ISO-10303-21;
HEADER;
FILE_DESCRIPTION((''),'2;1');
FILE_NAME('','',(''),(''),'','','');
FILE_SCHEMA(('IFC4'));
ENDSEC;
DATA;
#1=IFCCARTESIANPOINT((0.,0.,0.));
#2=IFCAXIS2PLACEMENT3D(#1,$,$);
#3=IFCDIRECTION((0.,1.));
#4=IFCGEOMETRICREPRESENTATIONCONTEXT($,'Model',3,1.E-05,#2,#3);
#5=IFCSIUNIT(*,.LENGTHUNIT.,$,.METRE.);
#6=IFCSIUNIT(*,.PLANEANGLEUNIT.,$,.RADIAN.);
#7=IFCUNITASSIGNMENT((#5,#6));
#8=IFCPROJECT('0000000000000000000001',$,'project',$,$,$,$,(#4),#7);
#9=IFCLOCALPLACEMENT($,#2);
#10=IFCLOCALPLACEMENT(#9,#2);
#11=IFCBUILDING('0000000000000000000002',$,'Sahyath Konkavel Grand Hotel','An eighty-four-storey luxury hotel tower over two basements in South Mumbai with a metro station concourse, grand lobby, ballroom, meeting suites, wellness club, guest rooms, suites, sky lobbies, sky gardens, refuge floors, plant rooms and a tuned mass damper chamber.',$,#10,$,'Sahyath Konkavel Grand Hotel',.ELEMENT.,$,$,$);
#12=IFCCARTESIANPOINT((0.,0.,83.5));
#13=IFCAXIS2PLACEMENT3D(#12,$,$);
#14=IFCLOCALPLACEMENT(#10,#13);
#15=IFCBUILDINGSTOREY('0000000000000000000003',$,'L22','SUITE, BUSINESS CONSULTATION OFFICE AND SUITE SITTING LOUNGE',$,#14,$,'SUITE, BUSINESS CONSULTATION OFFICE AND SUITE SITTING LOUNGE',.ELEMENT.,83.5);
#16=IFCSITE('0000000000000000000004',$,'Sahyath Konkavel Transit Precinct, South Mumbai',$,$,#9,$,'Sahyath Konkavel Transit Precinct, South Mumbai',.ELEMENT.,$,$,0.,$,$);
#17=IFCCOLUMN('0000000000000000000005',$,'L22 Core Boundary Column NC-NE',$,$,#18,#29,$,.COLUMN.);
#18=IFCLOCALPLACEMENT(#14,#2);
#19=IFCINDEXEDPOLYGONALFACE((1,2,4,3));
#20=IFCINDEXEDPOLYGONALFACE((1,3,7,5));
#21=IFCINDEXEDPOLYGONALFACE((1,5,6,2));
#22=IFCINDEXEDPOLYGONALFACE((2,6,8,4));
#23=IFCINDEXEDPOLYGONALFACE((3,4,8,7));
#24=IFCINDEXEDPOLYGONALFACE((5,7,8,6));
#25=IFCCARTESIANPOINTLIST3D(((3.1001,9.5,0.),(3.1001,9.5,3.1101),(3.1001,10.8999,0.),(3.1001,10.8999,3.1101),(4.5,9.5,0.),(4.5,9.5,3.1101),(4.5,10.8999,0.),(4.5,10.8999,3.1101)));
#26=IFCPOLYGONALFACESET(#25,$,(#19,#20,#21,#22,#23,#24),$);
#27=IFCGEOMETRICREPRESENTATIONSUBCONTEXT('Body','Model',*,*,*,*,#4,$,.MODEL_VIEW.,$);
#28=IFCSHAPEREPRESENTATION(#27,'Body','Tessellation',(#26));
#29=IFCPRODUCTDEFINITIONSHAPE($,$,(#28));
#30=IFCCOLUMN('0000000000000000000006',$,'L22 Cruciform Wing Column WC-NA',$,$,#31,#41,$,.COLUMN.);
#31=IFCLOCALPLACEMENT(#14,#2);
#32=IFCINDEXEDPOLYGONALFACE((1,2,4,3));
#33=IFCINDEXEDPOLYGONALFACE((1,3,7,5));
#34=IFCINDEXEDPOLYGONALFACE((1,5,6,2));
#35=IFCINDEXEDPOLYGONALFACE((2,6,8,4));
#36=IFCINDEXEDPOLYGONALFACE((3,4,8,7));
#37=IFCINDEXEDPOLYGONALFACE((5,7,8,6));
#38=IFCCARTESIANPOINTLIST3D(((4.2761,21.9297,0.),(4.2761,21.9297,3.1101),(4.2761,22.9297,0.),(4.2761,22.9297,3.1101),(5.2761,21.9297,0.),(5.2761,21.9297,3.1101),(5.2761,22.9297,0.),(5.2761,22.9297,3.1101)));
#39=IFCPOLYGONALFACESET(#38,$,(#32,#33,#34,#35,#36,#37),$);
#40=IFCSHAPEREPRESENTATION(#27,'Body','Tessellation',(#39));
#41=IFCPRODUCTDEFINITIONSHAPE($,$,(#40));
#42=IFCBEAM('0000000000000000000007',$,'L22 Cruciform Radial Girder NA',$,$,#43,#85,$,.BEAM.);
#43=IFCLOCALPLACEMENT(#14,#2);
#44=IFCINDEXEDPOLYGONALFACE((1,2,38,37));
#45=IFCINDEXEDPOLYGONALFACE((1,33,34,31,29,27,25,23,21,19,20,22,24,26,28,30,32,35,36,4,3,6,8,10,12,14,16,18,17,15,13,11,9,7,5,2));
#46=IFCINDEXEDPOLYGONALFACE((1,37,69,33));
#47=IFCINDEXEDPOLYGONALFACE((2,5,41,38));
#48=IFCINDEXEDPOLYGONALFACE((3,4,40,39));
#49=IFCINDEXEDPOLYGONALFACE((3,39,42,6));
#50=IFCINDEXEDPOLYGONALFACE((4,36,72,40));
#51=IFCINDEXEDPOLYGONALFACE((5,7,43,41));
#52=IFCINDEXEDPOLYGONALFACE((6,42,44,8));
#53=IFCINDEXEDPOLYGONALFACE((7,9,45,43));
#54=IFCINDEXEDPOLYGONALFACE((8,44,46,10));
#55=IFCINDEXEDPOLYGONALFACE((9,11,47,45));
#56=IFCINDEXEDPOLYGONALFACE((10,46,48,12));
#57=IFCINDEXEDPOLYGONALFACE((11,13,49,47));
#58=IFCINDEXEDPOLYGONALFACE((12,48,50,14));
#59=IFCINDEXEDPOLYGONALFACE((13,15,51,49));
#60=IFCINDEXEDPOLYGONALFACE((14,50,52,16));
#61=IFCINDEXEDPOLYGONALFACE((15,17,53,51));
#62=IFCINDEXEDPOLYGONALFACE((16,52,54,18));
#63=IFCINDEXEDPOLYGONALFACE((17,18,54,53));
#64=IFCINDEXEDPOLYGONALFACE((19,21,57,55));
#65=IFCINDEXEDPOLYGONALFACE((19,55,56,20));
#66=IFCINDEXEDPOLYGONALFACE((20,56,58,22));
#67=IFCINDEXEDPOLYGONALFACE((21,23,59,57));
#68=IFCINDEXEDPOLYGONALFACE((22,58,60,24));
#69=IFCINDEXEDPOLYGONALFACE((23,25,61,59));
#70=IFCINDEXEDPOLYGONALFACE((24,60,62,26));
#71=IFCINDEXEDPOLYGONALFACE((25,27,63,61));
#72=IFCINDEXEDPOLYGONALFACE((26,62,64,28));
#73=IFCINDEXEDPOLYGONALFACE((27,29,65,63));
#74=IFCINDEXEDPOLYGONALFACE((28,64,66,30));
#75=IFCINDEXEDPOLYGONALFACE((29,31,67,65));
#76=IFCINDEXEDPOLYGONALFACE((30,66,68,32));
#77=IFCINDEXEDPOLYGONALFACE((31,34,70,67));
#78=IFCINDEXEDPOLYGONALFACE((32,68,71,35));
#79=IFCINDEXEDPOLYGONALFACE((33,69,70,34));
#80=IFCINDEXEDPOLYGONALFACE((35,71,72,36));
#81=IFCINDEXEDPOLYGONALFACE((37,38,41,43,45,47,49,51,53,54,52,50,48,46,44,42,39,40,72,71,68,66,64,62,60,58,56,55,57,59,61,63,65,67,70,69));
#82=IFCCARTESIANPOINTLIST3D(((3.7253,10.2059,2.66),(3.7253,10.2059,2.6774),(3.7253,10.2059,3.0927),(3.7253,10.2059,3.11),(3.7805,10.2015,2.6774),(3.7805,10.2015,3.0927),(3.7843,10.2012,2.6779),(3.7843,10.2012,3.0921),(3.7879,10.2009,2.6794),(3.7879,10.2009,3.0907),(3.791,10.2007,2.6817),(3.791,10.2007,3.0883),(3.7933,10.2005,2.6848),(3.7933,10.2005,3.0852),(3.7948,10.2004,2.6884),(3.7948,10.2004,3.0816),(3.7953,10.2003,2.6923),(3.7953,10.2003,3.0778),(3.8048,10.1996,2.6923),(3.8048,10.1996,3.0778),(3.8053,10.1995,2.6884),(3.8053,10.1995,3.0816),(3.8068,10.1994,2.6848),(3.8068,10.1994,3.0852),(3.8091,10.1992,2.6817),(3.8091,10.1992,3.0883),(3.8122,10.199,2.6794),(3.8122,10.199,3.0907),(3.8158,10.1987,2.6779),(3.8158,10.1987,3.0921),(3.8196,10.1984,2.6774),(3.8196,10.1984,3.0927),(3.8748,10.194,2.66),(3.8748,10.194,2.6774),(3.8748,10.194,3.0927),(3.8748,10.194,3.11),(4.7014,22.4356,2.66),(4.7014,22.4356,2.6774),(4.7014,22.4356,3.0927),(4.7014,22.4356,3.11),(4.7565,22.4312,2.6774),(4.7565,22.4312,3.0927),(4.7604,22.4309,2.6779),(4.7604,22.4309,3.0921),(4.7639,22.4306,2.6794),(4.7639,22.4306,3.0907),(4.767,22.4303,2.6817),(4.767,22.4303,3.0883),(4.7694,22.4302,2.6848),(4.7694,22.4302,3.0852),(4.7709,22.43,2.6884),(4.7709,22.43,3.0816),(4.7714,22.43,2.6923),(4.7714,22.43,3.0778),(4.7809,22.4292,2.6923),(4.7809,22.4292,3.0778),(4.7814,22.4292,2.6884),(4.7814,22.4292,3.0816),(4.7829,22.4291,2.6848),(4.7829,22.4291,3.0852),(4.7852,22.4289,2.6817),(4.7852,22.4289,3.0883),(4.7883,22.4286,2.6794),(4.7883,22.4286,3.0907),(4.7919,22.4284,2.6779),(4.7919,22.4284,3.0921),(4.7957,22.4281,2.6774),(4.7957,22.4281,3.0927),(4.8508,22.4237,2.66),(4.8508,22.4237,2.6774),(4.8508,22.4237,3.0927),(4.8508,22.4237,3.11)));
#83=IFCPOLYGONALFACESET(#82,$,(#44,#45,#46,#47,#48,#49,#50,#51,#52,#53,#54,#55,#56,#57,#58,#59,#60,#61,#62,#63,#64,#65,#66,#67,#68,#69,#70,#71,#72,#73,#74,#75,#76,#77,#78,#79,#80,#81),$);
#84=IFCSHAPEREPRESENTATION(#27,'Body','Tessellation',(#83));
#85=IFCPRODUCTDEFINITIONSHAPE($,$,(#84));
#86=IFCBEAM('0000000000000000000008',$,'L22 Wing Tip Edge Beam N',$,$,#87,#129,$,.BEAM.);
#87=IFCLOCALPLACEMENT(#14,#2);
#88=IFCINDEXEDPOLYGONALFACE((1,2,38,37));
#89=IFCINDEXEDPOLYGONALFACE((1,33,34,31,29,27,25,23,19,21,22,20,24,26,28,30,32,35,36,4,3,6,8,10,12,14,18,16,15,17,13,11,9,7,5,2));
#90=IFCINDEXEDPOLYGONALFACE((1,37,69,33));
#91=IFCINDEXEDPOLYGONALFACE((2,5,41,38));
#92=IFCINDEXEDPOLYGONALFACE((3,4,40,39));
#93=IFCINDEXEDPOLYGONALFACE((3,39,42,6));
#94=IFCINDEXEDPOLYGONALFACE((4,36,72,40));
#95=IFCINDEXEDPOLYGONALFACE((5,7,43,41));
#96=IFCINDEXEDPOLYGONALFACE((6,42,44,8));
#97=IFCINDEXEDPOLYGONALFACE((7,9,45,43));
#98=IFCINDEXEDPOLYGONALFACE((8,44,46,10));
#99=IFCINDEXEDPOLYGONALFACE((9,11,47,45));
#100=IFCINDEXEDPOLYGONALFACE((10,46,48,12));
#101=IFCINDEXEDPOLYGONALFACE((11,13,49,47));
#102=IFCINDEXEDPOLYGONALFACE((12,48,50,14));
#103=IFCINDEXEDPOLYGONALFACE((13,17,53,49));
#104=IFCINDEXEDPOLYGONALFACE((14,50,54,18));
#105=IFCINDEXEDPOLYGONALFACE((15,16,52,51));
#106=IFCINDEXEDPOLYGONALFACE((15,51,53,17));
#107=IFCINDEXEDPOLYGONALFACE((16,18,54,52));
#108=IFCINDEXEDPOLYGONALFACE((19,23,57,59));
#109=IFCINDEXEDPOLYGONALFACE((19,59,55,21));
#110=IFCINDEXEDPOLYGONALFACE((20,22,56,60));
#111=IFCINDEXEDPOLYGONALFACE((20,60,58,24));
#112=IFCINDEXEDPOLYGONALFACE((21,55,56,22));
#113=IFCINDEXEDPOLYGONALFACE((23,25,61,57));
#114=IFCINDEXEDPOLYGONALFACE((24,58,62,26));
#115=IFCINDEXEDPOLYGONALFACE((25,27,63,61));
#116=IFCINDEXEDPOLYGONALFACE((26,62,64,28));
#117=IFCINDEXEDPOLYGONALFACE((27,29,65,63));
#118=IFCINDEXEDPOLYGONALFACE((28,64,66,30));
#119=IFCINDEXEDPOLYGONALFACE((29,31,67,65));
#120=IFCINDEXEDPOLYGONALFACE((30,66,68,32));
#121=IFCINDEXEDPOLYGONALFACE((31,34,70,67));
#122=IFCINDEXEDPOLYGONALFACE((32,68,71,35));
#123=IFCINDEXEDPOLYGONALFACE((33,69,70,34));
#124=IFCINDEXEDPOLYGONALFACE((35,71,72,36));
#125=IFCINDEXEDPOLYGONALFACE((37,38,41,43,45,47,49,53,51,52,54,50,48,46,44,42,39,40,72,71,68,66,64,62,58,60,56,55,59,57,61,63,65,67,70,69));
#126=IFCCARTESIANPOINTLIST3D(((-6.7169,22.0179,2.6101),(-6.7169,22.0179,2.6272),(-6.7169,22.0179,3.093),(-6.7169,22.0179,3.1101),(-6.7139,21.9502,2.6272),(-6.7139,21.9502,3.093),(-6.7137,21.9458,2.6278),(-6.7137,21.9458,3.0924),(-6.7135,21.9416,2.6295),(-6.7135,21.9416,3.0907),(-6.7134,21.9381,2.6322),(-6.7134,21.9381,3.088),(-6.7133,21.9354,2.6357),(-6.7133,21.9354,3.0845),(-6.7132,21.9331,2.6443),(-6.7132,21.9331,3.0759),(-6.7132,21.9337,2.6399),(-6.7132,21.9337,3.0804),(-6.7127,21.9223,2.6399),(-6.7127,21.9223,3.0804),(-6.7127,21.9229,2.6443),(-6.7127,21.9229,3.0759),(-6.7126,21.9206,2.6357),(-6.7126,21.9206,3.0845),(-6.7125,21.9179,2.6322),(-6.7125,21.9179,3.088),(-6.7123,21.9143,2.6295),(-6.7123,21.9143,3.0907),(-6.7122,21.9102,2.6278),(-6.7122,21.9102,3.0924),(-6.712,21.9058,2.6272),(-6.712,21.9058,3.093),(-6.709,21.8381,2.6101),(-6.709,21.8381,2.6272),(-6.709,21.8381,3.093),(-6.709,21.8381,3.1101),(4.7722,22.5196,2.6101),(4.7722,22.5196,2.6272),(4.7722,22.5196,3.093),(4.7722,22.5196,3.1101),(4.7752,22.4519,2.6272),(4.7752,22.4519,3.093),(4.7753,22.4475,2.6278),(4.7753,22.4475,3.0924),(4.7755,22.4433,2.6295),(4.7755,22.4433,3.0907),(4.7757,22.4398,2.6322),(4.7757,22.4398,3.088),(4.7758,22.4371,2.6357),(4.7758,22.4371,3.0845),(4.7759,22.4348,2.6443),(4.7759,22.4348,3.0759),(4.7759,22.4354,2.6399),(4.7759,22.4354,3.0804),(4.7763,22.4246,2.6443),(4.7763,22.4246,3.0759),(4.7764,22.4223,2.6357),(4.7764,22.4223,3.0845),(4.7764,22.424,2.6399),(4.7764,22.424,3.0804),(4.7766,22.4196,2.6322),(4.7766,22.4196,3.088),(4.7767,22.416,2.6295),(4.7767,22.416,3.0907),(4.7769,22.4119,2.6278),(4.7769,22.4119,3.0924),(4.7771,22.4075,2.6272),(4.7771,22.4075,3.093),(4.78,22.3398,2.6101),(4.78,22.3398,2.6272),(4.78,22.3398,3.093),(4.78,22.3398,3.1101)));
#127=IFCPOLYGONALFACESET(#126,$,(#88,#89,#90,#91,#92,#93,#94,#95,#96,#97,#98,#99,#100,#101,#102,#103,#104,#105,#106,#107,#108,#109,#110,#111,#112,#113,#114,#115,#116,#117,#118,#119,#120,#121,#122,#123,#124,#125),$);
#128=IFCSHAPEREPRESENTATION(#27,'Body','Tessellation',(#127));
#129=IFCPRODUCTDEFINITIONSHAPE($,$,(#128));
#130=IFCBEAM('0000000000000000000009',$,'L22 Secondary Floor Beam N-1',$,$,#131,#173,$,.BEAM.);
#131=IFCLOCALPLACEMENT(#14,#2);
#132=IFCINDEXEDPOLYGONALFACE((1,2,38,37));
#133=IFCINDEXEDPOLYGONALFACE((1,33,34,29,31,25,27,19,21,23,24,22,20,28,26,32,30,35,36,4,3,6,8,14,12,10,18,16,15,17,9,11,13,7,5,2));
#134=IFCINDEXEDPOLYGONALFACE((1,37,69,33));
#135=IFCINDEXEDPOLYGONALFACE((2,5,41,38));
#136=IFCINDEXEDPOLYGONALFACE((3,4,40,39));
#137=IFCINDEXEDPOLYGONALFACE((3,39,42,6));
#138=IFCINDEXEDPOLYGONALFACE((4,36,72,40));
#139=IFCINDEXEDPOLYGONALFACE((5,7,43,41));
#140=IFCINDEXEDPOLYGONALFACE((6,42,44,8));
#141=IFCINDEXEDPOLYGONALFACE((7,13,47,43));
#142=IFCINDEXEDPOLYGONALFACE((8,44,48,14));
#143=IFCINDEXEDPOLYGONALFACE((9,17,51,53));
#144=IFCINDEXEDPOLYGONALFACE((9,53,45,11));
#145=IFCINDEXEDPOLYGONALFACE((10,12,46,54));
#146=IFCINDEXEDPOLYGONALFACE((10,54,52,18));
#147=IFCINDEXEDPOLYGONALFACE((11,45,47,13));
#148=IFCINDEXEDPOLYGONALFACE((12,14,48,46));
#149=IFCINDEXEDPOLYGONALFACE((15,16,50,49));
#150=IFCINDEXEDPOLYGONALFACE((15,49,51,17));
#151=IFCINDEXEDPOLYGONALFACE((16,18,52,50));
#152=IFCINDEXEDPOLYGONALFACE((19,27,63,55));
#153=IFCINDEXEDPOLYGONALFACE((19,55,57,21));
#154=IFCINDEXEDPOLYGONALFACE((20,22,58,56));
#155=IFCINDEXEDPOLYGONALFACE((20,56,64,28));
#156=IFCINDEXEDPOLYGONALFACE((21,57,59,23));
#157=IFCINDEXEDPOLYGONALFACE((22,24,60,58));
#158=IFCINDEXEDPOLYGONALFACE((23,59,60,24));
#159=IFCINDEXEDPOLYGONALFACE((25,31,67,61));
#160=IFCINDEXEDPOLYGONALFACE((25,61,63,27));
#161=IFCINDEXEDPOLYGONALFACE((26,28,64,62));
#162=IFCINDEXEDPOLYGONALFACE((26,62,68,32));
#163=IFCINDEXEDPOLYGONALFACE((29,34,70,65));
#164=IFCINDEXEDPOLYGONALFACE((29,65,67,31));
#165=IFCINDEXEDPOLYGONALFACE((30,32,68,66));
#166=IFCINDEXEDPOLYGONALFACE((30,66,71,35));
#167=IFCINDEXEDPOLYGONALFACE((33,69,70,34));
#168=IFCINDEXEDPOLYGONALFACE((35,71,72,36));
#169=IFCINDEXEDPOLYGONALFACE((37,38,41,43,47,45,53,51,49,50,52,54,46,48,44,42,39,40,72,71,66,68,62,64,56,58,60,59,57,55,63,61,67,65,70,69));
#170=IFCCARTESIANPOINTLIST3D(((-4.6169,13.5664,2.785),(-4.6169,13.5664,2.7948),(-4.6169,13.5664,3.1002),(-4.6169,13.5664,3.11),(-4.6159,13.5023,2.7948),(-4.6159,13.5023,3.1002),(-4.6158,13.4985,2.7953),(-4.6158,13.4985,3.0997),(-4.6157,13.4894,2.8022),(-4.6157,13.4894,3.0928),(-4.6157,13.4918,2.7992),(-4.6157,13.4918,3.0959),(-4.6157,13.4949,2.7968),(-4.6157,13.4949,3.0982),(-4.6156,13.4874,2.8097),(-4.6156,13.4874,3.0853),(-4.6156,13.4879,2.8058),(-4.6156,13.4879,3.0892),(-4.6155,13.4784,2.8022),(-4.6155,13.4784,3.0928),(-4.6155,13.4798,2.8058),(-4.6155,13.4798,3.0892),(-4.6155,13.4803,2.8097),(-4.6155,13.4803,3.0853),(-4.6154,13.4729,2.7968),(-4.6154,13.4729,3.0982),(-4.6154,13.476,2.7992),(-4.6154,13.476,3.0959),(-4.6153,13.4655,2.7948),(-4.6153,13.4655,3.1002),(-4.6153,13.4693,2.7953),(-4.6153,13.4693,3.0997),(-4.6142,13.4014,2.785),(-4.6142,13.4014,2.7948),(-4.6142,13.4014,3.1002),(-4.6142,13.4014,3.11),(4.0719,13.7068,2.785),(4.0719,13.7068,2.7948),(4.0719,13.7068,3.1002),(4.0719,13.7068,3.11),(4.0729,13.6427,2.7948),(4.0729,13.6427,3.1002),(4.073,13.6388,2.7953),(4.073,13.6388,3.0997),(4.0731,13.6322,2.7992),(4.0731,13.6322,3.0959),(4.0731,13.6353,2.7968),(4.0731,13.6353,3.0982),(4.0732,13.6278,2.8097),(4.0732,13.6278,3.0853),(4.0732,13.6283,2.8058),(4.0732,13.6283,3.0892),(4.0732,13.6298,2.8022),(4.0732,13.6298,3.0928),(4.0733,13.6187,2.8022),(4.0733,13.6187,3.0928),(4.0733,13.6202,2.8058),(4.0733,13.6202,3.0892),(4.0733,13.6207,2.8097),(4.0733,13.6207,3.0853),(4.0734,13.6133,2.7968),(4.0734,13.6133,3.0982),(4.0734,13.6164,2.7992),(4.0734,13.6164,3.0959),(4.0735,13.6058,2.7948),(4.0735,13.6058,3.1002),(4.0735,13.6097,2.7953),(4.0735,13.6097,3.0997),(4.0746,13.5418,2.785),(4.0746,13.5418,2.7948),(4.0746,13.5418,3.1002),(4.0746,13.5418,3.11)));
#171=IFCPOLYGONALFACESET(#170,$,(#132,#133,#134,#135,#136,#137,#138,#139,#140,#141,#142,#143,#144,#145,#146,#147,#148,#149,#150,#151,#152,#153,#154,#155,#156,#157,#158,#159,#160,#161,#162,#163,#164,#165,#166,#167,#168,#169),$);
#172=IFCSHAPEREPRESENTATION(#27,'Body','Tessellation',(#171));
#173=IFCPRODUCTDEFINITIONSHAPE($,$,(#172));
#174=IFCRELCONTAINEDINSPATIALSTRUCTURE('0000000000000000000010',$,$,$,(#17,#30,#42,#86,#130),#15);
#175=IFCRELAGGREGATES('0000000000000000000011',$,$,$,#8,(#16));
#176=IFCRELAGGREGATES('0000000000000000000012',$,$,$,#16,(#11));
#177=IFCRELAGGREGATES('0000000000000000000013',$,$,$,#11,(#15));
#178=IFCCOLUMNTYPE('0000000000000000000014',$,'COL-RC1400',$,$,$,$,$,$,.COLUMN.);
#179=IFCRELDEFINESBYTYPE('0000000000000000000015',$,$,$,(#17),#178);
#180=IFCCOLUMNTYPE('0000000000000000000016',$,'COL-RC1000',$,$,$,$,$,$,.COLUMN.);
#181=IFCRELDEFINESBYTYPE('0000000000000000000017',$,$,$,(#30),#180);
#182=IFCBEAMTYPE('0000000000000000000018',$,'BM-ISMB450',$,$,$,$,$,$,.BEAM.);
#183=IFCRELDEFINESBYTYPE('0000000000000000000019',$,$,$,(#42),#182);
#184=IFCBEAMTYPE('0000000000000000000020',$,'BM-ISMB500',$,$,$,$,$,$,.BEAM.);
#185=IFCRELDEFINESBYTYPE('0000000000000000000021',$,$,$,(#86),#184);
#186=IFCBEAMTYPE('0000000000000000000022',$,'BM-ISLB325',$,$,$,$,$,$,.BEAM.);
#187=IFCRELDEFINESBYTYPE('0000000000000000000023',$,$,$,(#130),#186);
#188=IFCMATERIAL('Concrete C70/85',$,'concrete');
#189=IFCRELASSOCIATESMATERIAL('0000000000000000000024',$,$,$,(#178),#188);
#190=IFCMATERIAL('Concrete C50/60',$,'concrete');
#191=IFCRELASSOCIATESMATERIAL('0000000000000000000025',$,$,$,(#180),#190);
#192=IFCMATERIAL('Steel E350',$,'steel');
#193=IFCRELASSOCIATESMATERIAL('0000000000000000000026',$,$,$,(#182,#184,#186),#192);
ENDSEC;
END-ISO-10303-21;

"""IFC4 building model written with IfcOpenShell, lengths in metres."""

from ifc_helpers import new_model, si_unit, direction, frame, origin, origin_2d, place, context, subcontext, project, spatial, rectangle, i_section, extrude, source, transform, mapped, material, material_profile, profile_set, type_object, element, save


model = new_model("IFC4")

# Units and contexts
model_context = context("Model", 3, precision=1e-05, world=origin(), true_north=direction((0.0, 1.0)))
body_context = subcontext(model_context, "Body", "Model", "MODEL_VIEW")
ifc_project = project(units=[si_unit("LENGTHUNIT", "METRE"), si_unit("PLANEANGLEUNIT", "RADIAN")], contexts=[model_context])

# Site, building, storey
site_placement = place(None, origin())
site = spatial("IfcSite", under=ifc_project, at=site_placement, Name="Sahyath Konkavel Transit Precinct, South Mumbai", LongName="Sahyath Konkavel Transit Precinct, South Mumbai", CompositionType="ELEMENT", RefElevation=0.0)
building_placement = place(site_placement, origin())
building = spatial("IfcBuilding", under=site, at=building_placement, Name="Sahyath Konkavel Grand Hotel", Description="An eighty-four-storey luxury hotel tower over two basements in South Mumbai with a metro station concourse, grand lobby, ballroom, meeting suites, wellness club, guest rooms, suites, sky lobbies, sky gardens, refuge floors, plant rooms and a tuned mass damper chamber.", LongName="Sahyath Konkavel Grand Hotel", CompositionType="ELEMENT")
storey_placement = place(building_placement, frame((0.0, 0.0, 83.5)))
storey = spatial("IfcBuildingStorey", under=building, at=storey_placement, Name="L22", Description="SUITE, BUSINESS CONSULTATION OFFICE AND SUITE SITTING LOUNGE", LongName="SUITE, BUSINESS CONSULTATION OFFICE AND SUITE SITTING LOUNGE", CompositionType="ELEMENT", Elevation=83.5)

# Columns
ifc_material_1 = material(Name="Concrete C70/85", Category="concrete")
ifc_material_profile_1 = material_profile(ifc_material_1, rectangle(XDim=1.3999, YDim=1.3999, at=origin_2d()), Name="RC 1400x1400")
ifc_profile_set_1 = profile_set([ifc_material_profile_1], Name="Concrete C70/85")
column_type_1 = type_object("IfcColumnType", Name="COL-RC1400", PredefinedType="COLUMN", material=ifc_profile_set_1)
shared_shape_1 = source(origin(), body_context, "Body", "SweptSolid", [
    extrude(rectangle(XDim=1.3999, YDim=1.3999, at=origin_2d()), origin(), (0.0, 0.0, 1.0), 3.1101),
])
column_1_placement = place(storey_placement, frame((3.8, 10.2, 0.0), z_axis=(0.0, 0.0, 1.0), x_axis=(1.0, 0.0, 0.0)))
element("IfcColumn", 1, at=column_1_placement, inside=storey, type_object=column_type_1, Name="L22 Core Boundary Column NC-NE", PredefinedType="COLUMN", context=body_context, shape_type="MappedRepresentation", body=[
    mapped(shared_shape_1, transform((0.0, 0.0, 0.0), scale=1.0)),
])
ifc_material_2 = material(Name="Concrete C50/60", Category="concrete")
ifc_material_profile_2 = material_profile(ifc_material_2, rectangle(XDim=1.0, YDim=1.0, at=origin_2d()), Name="RC 1000x1000")
ifc_profile_set_2 = profile_set([ifc_material_profile_2], Name="Concrete C50/60")
column_type_2 = type_object("IfcColumnType", Name="COL-RC1000", PredefinedType="COLUMN", material=ifc_profile_set_2)
shared_shape_2 = source(origin(), body_context, "Body", "SweptSolid", [
    extrude(rectangle(XDim=1.0, YDim=1.0, at=origin_2d()), origin(), (0.0, 0.0, 1.0), 3.1101),
])
column_2_placement = place(storey_placement, frame((4.7761, 22.4297, 0.0), z_axis=(0.0, 0.0, 1.0), x_axis=(1.0, 0.0, 0.0)))
element("IfcColumn", 2, at=column_2_placement, inside=storey, type_object=column_type_2, Name="L22 Cruciform Wing Column WC-NA", PredefinedType="COLUMN", context=body_context, shape_type="MappedRepresentation", body=[
    mapped(shared_shape_2, transform((0.0, 0.0, 0.0), scale=1.0)),
])

# Beams
ifc_material_3 = material(Name="Steel E350", Category="steel")
ifc_material_profile_3 = material_profile(ifc_material_3, i_section(OverallWidth=0.1499, OverallDepth=0.45, WebThickness=0.0095, FlangeThickness=0.0173, FilletRadius=0.0149, at=origin_2d()), Name="ISMB 450")
ifc_profile_set_3 = profile_set([ifc_material_profile_3], Name="Steel E350")
beam_type_1 = type_object("IfcBeamType", Name="BM-ISMB450", PredefinedType="BEAM", material=ifc_profile_set_3)
shared_shape_3 = source(origin(), body_context, "Body", "SweptSolid", [
    extrude(i_section(OverallWidth=0.1499, OverallDepth=0.45, WebThickness=0.0095, FlangeThickness=0.0173, FilletRadius=0.0149, at=origin_2d()), origin(), (0.0, 0.0, 1.0), 12.2686),
])
beam_1_placement = place(storey_placement, frame((3.8, 10.2, 2.885), z_axis=(0.079559, 0.99683, 0.0), x_axis=(-0.99683, 0.079559, 0.0)))
element("IfcBeam", 3, at=beam_1_placement, inside=storey, type_object=beam_type_1, Name="L22 Cruciform Radial Girder NA", PredefinedType="BEAM", context=body_context, shape_type="MappedRepresentation", body=[
    mapped(shared_shape_3, transform((0.0, 0.0, 0.0), scale=1.0)),
])
ifc_material_profile_4 = material_profile(ifc_material_3, i_section(OverallWidth=0.1799, OverallDepth=0.5, WebThickness=0.0103, FlangeThickness=0.0171, FilletRadius=0.0171, at=origin_2d()), Name="ISMB 500")
ifc_profile_set_4 = profile_set([ifc_material_profile_4], Name="Steel E350")
beam_type_2 = type_object("IfcBeamType", Name="BM-ISMB500", PredefinedType="BEAM", material=ifc_profile_set_4)
shared_shape_4 = source(origin(), body_context, "Body", "SweptSolid", [
    extrude(i_section(OverallWidth=0.1799, OverallDepth=0.5, WebThickness=0.0103, FlangeThickness=0.0171, FilletRadius=0.0171, at=origin_2d()), origin(), (0.0, 0.0, 1.0), 11.5),
])
beam_2_placement = place(storey_placement, frame((4.7761, 22.4297, 2.8601), z_axis=(-0.999048, -0.043627, 0.0), x_axis=(0.043627, -0.999048, 0.0)))
element("IfcBeam", 4, at=beam_2_placement, inside=storey, type_object=beam_type_2, Name="L22 Wing Tip Edge Beam N", PredefinedType="BEAM", context=body_context, shape_type="MappedRepresentation", body=[
    mapped(shared_shape_4, transform((0.0, 0.0, 0.0), scale=1.0)),
])
ifc_material_profile_5 = material_profile(ifc_material_3, i_section(OverallWidth=0.165, OverallDepth=0.325, WebThickness=0.0071, FlangeThickness=0.0098, FilletRadius=0.0149, at=origin_2d()), Name="ISLB 325")
ifc_profile_set_5 = profile_set([ifc_material_profile_5], Name="Steel E350")
beam_type_3 = type_object("IfcBeamType", Name="BM-ISLB325", PredefinedType="BEAM", material=ifc_profile_set_5)
shared_shape_5 = source(origin(), body_context, "Body", "SweptSolid", [
    extrude(i_section(OverallWidth=0.165, OverallDepth=0.325, WebThickness=0.0071, FlangeThickness=0.0098, FilletRadius=0.0149, at=origin_2d()), origin(), (0.0, 0.0, 1.0), 8.6899),
])
beam_3_placement = place(storey_placement, frame((4.0732, 13.6243, 2.9475), z_axis=(-0.99987, -0.016155, 0.0), x_axis=(0.016155, -0.99987, 0.0)))
element("IfcBeam", 5, at=beam_3_placement, inside=storey, type_object=beam_type_3, Name="L22 Secondary Floor Beam N-1", PredefinedType="BEAM", context=body_context, shape_type="MappedRepresentation", body=[
    mapped(shared_shape_5, transform((0.0, 0.0, 0.0), scale=1.0)),
])

save(model, "model.ifc")
